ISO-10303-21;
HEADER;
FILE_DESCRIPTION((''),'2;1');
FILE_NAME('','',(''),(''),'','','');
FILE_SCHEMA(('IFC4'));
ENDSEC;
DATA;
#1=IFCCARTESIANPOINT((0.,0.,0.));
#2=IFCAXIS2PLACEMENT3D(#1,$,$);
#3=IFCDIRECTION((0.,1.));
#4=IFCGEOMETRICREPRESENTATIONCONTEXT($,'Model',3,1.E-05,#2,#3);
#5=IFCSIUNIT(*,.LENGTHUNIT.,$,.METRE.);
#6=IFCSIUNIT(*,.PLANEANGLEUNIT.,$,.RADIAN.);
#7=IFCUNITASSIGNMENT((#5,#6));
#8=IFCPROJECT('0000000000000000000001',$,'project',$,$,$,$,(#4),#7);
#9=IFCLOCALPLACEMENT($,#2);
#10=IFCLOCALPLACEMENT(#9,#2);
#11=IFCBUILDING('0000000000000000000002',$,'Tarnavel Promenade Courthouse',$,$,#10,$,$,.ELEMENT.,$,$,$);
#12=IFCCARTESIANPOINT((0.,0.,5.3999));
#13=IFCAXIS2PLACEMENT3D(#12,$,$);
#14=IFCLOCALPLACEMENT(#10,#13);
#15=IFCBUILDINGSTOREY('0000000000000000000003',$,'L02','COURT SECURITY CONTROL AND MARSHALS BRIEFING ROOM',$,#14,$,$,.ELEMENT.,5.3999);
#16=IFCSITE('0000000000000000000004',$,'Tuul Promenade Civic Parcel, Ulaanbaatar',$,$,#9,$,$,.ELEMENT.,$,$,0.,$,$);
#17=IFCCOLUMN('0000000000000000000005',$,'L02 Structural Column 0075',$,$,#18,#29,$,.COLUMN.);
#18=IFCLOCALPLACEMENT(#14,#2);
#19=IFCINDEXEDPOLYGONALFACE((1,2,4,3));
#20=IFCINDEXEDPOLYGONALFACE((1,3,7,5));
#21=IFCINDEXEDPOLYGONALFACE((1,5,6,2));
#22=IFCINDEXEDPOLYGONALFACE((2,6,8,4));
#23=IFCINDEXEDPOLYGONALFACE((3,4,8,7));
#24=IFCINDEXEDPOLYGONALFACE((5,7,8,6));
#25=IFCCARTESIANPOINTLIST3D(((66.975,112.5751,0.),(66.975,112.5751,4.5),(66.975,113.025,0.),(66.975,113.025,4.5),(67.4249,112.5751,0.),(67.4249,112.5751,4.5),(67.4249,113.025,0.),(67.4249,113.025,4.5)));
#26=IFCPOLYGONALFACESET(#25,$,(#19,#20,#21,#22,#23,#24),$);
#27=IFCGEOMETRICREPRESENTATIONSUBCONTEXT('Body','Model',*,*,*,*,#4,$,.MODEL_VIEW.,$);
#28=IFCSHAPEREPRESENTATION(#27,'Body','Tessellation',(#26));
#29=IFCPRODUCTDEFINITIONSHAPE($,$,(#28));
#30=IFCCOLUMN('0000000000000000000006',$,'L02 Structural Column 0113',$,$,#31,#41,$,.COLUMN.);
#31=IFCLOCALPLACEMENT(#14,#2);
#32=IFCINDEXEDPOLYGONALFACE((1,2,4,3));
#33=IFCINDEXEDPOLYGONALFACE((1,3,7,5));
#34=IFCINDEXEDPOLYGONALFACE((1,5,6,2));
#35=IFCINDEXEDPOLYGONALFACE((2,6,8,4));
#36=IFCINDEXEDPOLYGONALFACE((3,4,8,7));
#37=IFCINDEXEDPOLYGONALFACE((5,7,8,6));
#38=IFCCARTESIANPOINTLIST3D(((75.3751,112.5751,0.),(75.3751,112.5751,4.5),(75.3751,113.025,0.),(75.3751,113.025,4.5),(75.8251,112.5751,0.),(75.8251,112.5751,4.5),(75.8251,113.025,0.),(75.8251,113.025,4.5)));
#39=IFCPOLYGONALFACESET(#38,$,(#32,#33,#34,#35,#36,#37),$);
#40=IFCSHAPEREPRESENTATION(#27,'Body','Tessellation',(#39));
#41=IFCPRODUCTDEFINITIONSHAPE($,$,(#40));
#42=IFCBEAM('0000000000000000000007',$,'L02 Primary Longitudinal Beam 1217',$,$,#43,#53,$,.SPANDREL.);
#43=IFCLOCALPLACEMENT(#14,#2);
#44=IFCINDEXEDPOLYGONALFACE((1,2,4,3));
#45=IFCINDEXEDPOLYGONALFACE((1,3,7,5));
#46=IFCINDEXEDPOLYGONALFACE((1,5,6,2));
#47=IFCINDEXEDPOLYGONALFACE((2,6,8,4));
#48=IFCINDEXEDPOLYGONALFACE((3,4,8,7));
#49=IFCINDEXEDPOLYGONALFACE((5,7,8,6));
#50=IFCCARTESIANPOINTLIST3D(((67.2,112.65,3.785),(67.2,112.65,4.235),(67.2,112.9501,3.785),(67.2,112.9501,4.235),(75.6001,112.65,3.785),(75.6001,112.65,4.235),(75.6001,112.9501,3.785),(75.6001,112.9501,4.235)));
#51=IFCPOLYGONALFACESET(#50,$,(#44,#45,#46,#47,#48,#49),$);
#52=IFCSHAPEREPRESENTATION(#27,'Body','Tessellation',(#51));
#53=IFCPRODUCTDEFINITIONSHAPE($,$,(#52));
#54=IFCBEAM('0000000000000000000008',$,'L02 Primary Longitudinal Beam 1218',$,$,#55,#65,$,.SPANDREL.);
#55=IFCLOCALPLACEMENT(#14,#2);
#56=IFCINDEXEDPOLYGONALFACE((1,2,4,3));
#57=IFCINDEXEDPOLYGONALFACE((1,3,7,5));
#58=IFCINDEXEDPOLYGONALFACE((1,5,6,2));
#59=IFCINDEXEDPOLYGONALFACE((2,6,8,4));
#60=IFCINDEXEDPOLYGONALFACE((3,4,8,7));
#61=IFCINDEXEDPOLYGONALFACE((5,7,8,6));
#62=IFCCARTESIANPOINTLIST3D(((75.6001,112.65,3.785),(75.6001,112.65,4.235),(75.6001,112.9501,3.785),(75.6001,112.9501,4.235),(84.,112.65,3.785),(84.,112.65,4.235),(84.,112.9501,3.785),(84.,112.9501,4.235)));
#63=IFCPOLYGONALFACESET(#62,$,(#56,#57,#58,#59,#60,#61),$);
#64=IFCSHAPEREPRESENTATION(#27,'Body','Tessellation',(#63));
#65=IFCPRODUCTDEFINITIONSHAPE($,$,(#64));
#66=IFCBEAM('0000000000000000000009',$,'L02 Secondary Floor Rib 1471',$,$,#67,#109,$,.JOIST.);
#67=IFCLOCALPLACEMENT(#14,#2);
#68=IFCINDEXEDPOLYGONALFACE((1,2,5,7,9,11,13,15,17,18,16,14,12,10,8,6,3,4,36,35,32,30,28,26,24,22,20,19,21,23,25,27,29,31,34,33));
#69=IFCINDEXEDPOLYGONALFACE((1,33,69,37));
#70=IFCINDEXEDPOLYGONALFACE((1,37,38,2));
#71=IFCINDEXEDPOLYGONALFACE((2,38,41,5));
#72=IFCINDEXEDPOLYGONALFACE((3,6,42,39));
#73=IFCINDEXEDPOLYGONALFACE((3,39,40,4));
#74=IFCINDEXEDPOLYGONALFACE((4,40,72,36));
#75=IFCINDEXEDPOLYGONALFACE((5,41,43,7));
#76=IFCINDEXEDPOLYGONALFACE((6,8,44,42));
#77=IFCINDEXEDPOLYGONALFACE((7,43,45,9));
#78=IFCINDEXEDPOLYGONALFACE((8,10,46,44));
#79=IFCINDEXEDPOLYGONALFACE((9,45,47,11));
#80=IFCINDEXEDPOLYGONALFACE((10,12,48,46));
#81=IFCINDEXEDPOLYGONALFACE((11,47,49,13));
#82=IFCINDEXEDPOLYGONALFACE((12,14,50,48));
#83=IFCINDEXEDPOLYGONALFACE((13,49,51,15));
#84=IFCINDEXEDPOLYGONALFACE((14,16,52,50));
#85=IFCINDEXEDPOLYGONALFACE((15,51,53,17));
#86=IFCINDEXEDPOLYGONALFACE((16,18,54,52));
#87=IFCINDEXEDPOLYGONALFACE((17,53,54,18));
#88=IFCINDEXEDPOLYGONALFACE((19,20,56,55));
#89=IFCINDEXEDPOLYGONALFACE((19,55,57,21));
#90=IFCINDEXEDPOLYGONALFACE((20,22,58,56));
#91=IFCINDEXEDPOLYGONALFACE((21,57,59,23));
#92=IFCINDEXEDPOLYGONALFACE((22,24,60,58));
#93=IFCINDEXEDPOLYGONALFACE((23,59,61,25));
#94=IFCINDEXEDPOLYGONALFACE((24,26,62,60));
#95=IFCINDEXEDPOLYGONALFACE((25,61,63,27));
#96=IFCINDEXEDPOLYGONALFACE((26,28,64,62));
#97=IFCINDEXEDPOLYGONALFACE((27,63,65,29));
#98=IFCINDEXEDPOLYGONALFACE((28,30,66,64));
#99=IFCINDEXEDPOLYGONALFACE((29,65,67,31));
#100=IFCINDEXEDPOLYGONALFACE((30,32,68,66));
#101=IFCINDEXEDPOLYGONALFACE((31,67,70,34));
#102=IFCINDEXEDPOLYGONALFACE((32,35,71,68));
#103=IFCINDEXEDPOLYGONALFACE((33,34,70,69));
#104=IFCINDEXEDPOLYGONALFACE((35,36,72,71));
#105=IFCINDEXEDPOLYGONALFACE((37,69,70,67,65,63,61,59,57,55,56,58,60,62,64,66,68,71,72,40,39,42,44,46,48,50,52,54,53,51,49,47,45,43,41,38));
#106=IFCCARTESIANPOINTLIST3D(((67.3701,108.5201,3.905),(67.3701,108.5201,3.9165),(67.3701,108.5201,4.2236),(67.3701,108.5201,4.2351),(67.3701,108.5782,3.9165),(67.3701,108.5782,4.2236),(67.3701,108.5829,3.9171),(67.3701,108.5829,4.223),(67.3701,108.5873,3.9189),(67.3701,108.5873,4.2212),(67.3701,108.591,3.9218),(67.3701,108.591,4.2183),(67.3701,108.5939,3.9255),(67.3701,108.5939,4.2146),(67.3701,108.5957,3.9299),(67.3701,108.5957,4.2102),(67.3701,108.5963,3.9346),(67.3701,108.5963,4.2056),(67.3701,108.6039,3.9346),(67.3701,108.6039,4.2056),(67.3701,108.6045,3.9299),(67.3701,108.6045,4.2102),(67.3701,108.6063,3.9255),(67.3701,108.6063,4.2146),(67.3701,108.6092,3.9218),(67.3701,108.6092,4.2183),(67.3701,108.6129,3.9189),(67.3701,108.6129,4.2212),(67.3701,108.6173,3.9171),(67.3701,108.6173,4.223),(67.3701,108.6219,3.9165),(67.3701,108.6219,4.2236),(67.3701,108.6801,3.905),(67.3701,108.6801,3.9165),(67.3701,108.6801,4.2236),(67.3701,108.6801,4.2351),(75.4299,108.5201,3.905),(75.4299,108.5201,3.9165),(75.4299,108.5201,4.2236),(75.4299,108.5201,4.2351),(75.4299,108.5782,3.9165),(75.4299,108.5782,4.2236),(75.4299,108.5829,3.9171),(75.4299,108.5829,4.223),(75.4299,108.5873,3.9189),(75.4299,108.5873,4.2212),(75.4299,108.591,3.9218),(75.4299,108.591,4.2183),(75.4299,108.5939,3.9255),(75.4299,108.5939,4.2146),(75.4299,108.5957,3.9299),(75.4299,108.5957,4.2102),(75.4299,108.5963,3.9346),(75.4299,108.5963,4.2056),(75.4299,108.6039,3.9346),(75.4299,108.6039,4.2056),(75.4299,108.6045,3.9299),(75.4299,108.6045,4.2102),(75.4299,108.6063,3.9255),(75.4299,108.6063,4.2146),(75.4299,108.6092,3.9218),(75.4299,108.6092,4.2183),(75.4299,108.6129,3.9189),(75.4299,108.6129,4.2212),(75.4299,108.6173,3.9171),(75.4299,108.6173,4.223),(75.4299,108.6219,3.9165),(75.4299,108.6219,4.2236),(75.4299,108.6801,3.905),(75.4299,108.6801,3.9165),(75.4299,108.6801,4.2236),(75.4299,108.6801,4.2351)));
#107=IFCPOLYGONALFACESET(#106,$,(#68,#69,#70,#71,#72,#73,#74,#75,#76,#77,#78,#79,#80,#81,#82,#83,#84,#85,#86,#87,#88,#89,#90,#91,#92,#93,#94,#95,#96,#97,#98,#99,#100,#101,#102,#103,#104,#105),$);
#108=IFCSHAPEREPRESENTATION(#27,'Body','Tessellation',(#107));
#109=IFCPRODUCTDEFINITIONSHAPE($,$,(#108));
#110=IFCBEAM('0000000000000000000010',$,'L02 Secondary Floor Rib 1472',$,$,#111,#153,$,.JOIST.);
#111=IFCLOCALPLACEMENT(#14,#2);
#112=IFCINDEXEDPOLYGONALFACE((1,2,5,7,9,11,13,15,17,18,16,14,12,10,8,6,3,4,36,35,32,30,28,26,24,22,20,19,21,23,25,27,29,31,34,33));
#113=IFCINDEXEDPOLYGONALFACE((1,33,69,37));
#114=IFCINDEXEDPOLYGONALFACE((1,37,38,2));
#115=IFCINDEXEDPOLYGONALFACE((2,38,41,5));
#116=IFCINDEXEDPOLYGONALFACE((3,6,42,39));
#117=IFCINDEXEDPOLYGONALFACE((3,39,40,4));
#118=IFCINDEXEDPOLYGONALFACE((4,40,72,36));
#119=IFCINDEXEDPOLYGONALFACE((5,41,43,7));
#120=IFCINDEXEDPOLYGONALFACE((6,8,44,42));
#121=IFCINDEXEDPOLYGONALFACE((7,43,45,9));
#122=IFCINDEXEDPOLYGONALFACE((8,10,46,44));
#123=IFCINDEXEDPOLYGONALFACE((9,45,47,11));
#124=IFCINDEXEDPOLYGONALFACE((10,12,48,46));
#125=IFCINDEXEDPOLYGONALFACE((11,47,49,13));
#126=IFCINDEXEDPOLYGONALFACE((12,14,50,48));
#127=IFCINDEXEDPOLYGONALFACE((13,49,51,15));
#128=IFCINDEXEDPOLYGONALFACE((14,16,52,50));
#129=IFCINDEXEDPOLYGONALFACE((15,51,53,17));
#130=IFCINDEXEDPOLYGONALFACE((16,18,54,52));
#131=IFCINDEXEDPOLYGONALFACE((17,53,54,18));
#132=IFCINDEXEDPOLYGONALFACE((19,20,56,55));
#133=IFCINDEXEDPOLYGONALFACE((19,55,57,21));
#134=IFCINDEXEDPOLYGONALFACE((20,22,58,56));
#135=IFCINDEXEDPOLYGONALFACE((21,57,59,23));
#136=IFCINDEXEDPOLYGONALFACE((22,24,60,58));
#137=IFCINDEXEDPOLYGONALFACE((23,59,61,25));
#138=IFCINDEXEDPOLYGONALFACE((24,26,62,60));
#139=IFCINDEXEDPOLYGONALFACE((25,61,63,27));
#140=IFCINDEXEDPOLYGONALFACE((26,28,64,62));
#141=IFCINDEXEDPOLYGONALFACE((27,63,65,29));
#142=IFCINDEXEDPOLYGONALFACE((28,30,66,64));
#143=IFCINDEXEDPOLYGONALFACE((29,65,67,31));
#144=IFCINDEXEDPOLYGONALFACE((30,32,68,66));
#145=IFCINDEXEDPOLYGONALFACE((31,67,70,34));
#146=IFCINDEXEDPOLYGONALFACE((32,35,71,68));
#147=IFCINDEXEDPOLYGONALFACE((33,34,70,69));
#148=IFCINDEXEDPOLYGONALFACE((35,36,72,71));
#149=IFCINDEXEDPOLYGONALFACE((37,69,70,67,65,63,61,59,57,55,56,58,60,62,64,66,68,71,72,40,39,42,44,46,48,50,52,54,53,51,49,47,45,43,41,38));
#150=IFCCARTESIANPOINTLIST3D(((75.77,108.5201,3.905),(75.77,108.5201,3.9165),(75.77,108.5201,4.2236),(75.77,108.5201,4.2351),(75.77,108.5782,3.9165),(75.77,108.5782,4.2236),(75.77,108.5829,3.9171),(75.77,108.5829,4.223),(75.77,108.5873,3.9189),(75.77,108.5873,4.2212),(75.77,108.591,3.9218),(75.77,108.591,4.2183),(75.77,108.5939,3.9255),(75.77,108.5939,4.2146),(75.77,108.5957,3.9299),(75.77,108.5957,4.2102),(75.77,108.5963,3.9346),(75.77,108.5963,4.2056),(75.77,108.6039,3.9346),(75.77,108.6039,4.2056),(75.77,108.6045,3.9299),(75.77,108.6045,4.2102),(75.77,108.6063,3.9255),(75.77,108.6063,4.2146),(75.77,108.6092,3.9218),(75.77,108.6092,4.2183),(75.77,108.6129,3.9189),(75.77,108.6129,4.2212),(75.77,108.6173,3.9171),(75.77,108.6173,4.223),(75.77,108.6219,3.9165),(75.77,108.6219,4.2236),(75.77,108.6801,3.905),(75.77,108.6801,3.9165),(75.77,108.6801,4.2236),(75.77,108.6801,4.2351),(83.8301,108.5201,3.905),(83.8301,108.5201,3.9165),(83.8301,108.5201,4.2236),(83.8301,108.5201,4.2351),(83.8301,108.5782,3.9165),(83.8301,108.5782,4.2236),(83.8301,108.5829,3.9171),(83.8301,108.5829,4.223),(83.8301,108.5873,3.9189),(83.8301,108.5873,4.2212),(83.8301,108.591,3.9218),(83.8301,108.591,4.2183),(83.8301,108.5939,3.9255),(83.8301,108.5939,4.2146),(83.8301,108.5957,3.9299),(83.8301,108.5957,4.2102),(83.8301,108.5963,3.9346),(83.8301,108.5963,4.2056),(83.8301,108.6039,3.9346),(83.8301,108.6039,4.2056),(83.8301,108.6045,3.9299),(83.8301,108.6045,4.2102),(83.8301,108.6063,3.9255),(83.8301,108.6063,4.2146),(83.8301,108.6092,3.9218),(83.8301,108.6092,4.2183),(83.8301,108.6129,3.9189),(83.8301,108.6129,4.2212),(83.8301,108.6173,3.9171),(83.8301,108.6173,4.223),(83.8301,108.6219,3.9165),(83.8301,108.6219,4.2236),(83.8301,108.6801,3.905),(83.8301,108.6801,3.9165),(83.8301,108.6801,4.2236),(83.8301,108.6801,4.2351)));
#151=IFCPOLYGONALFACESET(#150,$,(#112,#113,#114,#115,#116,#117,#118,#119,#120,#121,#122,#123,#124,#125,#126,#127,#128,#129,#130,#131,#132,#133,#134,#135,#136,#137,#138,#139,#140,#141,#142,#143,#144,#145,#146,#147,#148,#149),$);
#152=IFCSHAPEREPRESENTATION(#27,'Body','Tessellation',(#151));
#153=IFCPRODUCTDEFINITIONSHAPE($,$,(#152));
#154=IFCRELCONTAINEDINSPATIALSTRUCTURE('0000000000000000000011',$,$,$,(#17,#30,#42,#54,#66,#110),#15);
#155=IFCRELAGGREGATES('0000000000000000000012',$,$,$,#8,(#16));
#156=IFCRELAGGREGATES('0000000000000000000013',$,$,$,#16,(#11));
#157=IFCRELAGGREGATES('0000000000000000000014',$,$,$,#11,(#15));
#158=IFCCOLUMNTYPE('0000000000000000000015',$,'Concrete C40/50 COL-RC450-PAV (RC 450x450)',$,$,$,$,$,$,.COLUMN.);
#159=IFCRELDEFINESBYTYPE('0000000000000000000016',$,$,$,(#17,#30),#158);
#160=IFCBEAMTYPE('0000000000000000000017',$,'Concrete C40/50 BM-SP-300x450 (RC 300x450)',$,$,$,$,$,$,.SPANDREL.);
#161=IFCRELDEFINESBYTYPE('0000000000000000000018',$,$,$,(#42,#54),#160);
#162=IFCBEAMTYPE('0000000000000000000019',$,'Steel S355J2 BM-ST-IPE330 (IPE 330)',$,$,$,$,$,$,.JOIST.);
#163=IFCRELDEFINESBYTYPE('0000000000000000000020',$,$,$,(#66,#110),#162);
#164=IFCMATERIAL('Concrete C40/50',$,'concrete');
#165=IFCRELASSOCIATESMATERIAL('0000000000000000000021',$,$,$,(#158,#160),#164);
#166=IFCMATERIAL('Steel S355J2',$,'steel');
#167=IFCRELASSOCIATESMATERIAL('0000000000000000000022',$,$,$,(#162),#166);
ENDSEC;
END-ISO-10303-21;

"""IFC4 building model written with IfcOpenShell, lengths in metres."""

from ifc_helpers import new_model, si_unit, direction, frame, origin, origin_2d, place, context, subcontext, project, spatial, rectangle, i_section, extrude, material, material_profile, profile_set, type_object, element, save


model = new_model("IFC4")

# Units and contexts
model_context = context("Model", 3, precision=1e-05, world=origin(), true_north=direction((0.0, 1.0)))
body_context = subcontext(model_context, "Body", "Model", "MODEL_VIEW")
ifc_project = project(units=[si_unit("LENGTHUNIT", "METRE"), si_unit("PLANEANGLEUNIT", "RADIAN")], contexts=[model_context])

# Site, building, storey
site_placement = place(None, origin())
site = spatial("IfcSite", under=ifc_project, at=site_placement, Name="Tuul Promenade Civic Parcel, Ulaanbaatar", CompositionType="ELEMENT", RefElevation=0.0)
building_placement = place(site_placement, origin())
building = spatial("IfcBuilding", under=site, at=building_placement, Name="Tarnavel Promenade Courthouse", CompositionType="ELEMENT")
storey_placement = place(building_placement, frame((0.0, 0.0, 5.3999)))
storey = spatial("IfcBuildingStorey", under=building, at=storey_placement, Name="L02", Description="COURT SECURITY CONTROL AND MARSHALS BRIEFING ROOM", CompositionType="ELEMENT", Elevation=5.3999)

# Columns
ifc_material_1 = material(Name="Concrete C40/50", Category="concrete")
ifc_material_profile_1 = material_profile(ifc_material_1, rectangle(XDim=0.45, YDim=0.45, at=origin_2d()), Name="RC 450x450")
ifc_profile_set_1 = profile_set([ifc_material_profile_1], Name="Concrete C40/50")
column_type = type_object("IfcColumnType", Name="Concrete C40/50 COL-RC450-PAV (RC 450x450)", PredefinedType="COLUMN", material=ifc_profile_set_1)
for number, where, z_axis, x_axis, name in (
    (1, (67.2, 112.8, 0.0), (0.0, 0.0, 1.0), (1.0, 0.0, 0.0), "L02 Structural Column 0075"),
    (2, (75.6001, 112.8, 0.0), (0.0, 0.0, 1.0), (1.0, 0.0, 0.0), "L02 Structural Column 0113"),
):
    element("IfcColumn", number, at=place(storey_placement, frame(where, z_axis=z_axis, x_axis=x_axis)), inside=storey, type_object=column_type, Name=name, PredefinedType="COLUMN", context=body_context, shape_type="SweptSolid", body=[
        extrude(rectangle(XDim=0.45, YDim=0.45, at=origin_2d()), origin(), (0.0, 0.0, 1.0), 4.5),
    ])

# Beams
ifc_material_profile_2 = material_profile(ifc_material_1, rectangle(XDim=0.3, YDim=0.45, at=origin_2d()), Name="RC 300x450")
ifc_profile_set_2 = profile_set([ifc_material_profile_2], Name="Concrete C40/50")
beam_type_1 = type_object("IfcBeamType", Name="Concrete C40/50 BM-SP-300x450 (RC 300x450)", PredefinedType="SPANDREL", material=ifc_profile_set_2)
beam_1_placement = place(storey_placement, frame((67.2, 112.8, 4.01), z_axis=(1.0, 0.0, 0.0), x_axis=(0.0, 1.0, 0.0)))
element("IfcBeam", 3, at=beam_1_placement, inside=storey, type_object=beam_type_1, Name="L02 Primary Longitudinal Beam 1217", PredefinedType="SPANDREL", context=body_context, shape_type="SweptSolid", body=[
    extrude(rectangle(XDim=0.3, YDim=0.45, at=origin_2d()), origin(), (0.0, 0.0, 1.0), 8.4001),
])
beam_2_placement = place(storey_placement, frame((75.6001, 112.8, 4.01), z_axis=(1.0, 0.0, 0.0), x_axis=(0.0, 1.0, 0.0)))
element("IfcBeam", 4, at=beam_2_placement, inside=storey, type_object=beam_type_1, Name="L02 Primary Longitudinal Beam 1218", PredefinedType="SPANDREL", context=body_context, shape_type="SweptSolid", body=[
    extrude(rectangle(XDim=0.3, YDim=0.45, at=origin_2d()), origin(), (0.0, 0.0, 1.0), 8.3999),
])
ifc_material_2 = material(Name="Steel S355J2", Category="steel")
ifc_material_profile_3 = material_profile(ifc_material_2, i_section(OverallWidth=0.1599, OverallDepth=0.3301, WebThickness=0.0076, FlangeThickness=0.0115, FilletRadius=0.0181, at=origin_2d()), Name="IPE 330")
ifc_profile_set_3 = profile_set([ifc_material_profile_3], Name="Steel S355J2")
beam_type_2 = type_object("IfcBeamType", Name="Steel S355J2 BM-ST-IPE330 (IPE 330)", PredefinedType="JOIST", material=ifc_profile_set_3)
beam_3_placement = place(storey_placement, frame((67.3701, 108.6001, 4.0701), z_axis=(1.0, 0.0, 0.0), x_axis=(0.0, 1.0, 0.0)))
element("IfcBeam", 5, at=beam_3_placement, inside=storey, type_object=beam_type_2, Name="L02 Secondary Floor Rib 1471", PredefinedType="JOIST", context=body_context, shape_type="SweptSolid", body=[
    extrude(i_section(OverallWidth=0.1599, OverallDepth=0.3301, WebThickness=0.0076, FlangeThickness=0.0115, FilletRadius=0.0181, at=origin_2d()), origin(), (0.0, 0.0, 1.0), 8.0598),
])
beam_4_placement = place(storey_placement, frame((75.77, 108.6001, 4.0701), z_axis=(1.0, 0.0, 0.0), x_axis=(0.0, 1.0, 0.0)))
element("IfcBeam", 6, at=beam_4_placement, inside=storey, type_object=beam_type_2, Name="L02 Secondary Floor Rib 1472", PredefinedType="JOIST", context=body_context, shape_type="SweptSolid", body=[
    extrude(i_section(OverallWidth=0.1599, OverallDepth=0.3301, WebThickness=0.0076, FlangeThickness=0.0115, FilletRadius=0.0181, at=origin_2d()), origin(), (0.0, 0.0, 1.0), 8.0601),
])

save(model, "model.ifc")
